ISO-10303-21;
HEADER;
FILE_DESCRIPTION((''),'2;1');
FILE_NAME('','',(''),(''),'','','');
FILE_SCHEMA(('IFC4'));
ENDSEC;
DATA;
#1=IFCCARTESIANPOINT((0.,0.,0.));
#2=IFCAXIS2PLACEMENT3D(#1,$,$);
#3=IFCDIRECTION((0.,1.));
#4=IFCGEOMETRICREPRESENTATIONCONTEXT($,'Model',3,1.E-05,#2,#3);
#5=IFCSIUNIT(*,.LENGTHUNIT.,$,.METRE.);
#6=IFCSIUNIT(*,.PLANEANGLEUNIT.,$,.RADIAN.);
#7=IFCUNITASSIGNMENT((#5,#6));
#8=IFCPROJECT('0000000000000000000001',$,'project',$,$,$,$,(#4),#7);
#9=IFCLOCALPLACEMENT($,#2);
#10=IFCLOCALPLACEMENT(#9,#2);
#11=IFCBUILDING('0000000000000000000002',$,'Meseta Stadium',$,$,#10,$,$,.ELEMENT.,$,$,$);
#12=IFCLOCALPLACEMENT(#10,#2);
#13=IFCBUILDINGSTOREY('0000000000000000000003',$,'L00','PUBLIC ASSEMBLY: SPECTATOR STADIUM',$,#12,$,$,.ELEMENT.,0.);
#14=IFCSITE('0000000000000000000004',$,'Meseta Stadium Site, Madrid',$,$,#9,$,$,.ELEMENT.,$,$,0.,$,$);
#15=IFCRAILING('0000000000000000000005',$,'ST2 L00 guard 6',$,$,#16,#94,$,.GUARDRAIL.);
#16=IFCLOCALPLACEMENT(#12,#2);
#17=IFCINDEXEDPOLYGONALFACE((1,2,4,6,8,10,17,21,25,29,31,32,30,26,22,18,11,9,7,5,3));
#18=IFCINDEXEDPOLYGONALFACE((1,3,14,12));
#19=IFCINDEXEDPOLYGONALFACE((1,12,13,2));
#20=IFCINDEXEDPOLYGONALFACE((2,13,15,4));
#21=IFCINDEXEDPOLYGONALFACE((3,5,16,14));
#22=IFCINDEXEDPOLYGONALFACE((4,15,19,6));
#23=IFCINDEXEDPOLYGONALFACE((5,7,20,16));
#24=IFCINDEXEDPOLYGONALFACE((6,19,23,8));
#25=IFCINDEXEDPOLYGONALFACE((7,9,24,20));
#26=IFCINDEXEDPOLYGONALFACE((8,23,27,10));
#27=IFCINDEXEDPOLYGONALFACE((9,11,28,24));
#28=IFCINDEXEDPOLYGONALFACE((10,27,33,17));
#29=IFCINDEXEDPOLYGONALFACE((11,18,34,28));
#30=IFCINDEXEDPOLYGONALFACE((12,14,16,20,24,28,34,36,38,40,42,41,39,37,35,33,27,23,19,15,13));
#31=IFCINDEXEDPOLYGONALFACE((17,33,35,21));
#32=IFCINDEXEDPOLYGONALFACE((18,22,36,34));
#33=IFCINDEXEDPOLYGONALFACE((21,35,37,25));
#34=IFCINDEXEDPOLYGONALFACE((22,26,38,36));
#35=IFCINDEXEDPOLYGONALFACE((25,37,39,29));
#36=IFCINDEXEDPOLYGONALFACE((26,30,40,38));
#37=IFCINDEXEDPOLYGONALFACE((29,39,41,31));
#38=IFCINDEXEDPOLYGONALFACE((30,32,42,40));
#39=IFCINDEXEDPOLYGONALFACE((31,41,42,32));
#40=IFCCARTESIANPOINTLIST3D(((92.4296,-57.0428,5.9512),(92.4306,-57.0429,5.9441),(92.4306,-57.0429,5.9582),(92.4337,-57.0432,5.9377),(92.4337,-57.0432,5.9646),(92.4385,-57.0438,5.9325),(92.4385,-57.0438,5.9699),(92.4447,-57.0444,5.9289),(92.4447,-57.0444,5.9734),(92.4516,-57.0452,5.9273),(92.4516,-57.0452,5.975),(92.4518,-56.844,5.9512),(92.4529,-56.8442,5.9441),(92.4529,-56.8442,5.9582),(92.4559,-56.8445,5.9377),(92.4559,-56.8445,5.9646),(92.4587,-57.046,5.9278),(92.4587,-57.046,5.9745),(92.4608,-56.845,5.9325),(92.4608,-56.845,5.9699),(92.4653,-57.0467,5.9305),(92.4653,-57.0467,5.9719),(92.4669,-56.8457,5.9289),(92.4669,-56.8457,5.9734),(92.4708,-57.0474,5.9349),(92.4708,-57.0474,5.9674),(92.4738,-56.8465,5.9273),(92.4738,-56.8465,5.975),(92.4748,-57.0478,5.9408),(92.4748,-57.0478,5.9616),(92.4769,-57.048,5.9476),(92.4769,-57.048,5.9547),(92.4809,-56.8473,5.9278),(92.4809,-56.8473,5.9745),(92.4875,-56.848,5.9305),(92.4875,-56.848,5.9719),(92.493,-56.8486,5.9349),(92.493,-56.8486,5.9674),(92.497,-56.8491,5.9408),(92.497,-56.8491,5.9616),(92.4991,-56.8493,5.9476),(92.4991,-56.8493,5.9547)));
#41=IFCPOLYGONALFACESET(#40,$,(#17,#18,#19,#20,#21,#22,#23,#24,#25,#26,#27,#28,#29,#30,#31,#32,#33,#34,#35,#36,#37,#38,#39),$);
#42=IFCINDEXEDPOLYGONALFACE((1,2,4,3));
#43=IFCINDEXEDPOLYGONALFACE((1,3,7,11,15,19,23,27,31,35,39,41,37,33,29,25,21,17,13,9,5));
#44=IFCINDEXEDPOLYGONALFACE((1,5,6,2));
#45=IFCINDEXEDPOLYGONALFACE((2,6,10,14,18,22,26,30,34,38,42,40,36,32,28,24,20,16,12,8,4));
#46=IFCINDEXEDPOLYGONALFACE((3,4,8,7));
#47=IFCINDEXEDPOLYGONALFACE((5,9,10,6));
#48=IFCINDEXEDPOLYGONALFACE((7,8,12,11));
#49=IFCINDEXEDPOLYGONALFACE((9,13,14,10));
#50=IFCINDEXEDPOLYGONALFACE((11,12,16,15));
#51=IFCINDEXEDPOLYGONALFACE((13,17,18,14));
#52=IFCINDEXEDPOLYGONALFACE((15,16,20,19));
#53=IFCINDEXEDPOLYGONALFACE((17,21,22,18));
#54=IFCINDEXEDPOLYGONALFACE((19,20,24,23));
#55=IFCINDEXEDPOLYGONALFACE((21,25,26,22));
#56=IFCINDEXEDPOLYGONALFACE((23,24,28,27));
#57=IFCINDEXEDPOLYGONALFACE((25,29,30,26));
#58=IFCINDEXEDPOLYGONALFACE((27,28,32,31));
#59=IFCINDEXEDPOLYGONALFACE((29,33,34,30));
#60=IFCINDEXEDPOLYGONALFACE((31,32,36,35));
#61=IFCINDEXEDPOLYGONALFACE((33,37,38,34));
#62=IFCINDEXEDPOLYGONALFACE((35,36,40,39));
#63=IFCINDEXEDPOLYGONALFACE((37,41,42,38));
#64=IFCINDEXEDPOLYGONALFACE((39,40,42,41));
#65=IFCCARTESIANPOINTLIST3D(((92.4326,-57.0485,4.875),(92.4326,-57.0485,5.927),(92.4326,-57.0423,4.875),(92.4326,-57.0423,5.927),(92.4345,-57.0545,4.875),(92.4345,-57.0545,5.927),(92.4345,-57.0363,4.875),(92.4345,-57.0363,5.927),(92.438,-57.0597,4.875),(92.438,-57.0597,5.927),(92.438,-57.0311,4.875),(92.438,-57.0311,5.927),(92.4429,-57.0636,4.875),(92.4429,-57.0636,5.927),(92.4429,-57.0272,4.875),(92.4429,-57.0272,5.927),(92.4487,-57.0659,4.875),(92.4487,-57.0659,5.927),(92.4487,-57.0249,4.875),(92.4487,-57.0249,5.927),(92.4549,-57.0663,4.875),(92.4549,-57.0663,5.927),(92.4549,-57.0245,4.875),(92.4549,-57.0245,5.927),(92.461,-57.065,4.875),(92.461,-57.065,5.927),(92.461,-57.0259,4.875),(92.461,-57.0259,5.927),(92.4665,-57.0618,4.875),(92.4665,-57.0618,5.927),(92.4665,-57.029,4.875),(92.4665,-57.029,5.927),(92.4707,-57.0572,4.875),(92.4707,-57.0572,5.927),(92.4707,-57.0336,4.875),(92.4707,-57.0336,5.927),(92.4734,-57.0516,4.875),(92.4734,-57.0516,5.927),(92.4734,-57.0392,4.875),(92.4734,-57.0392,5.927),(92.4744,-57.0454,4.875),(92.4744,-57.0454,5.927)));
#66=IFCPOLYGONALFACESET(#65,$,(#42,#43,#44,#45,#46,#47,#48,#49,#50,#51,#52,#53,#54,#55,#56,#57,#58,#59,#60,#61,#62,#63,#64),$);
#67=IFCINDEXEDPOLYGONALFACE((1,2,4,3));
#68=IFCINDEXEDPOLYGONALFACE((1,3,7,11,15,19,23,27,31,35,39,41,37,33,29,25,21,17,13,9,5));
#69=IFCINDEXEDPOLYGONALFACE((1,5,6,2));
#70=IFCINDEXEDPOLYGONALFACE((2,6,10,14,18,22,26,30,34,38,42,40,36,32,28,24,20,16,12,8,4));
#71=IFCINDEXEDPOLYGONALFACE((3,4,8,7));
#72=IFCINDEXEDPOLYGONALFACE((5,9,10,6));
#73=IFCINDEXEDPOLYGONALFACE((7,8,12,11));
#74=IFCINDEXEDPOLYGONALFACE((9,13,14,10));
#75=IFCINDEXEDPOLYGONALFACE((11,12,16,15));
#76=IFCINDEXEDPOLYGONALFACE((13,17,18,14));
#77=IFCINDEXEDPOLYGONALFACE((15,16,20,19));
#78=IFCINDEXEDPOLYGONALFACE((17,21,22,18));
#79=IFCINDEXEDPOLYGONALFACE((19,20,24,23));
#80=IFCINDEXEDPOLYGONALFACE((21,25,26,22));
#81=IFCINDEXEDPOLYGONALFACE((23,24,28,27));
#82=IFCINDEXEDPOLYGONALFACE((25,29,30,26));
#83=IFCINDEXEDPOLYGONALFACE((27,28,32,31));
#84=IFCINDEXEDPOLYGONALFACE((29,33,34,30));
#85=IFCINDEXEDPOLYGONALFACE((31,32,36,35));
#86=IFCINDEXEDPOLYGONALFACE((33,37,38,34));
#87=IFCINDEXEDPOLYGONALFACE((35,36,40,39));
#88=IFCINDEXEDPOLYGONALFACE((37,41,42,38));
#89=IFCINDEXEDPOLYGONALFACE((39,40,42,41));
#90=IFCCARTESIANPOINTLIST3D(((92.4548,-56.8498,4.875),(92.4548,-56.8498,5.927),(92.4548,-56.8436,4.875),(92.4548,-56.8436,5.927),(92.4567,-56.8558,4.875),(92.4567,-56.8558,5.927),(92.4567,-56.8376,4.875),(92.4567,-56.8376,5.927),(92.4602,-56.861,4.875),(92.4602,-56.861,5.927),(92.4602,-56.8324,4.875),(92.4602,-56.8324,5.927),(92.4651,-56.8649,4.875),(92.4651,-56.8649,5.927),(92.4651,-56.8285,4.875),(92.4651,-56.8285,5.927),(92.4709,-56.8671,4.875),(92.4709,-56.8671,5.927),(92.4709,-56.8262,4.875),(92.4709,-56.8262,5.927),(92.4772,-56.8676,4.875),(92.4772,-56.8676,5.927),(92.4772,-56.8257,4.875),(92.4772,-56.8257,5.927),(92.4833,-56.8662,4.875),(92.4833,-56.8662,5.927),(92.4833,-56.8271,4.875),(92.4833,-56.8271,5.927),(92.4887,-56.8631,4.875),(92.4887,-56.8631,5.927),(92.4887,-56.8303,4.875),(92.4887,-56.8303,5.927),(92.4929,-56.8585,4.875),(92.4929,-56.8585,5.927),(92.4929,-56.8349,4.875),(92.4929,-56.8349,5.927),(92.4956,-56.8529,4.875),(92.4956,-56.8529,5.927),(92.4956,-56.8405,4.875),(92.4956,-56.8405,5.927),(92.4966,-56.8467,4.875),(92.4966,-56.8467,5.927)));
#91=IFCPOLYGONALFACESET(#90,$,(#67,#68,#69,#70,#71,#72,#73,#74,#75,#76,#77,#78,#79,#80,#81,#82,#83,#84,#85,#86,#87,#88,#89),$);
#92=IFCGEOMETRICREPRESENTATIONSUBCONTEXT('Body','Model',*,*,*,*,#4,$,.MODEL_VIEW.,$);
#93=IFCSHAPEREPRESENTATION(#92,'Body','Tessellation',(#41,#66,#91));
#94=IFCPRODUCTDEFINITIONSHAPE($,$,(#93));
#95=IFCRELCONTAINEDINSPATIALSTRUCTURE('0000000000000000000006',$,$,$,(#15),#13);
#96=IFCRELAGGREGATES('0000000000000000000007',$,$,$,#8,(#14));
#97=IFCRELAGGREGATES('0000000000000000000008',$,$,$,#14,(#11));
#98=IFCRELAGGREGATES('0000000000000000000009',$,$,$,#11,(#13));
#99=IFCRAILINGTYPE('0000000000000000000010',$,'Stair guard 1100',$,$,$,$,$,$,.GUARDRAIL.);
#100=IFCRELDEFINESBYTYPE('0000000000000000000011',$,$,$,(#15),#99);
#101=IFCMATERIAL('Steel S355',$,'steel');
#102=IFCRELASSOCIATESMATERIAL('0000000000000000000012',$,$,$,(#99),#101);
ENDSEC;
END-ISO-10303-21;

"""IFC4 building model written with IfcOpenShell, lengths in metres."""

from ifc_helpers import new_model, si_unit, direction, frame, origin, origin_2d, place, context, subcontext, project, spatial, circle, extrude, material, type_object, element, save


model = new_model("IFC4")

# Units and contexts
model_context = context("Model", 3, precision=1e-05, world=origin(), true_north=direction((0.0, 1.0)))
body_context = subcontext(model_context, "Body", "Model", "MODEL_VIEW")
ifc_project = project(units=[si_unit("LENGTHUNIT", "METRE"), si_unit("PLANEANGLEUNIT", "RADIAN")], contexts=[model_context])

# Site, building, storey
site_placement = place(None, origin())
site = spatial("IfcSite", under=ifc_project, at=site_placement, Name="Meseta Stadium Site, Madrid", CompositionType="ELEMENT", RefElevation=0.0)
building_placement = place(site_placement, origin())
building = spatial("IfcBuilding", under=site, at=building_placement, Name="Meseta Stadium", CompositionType="ELEMENT")
storey_placement = place(building_placement, origin())
storey = spatial("IfcBuildingStorey", under=building, at=storey_placement, Name="L00", Description="PUBLIC ASSEMBLY: SPECTATOR STADIUM", CompositionType="ELEMENT", Elevation=0.0)

# Railing
ifc_material_1 = material(Name="Steel S355", Category="steel")
railing_type_1 = type_object("IfcRailingType", Name="Stair guard 1100", PredefinedType="GUARDRAIL", material=ifc_material_1)
railing_1_placement = place(storey_placement, frame((92.4534, -57.0454, 4.875)))
element("IfcRailing", 1, at=railing_1_placement, inside=storey, type_object=railing_type_1, Name="ST2 L00 guard 6", PredefinedType="GUARDRAIL", context=body_context, shape_type="SweptSolid", body=[
    extrude(circle(Radius=0.0239, at=origin_2d()), frame((0.0, 0.0, 1.0762), z_axis=(0.111102, 0.993809, 0.0), x_axis=(-0.993809, 0.111102, 0.0)), (0.0, 0.0, 1.0), 0.2),
    extrude(circle(Radius=0.021, at=origin_2d()), origin(), (0.0, 0.0, 1.0), 1.052),
    extrude(circle(Radius=0.021, at=origin_2d()), frame((0.0222, 0.1987, 0.0)), (0.0, 0.0, 1.0), 1.052),
])

save(model, "model.ifc")
